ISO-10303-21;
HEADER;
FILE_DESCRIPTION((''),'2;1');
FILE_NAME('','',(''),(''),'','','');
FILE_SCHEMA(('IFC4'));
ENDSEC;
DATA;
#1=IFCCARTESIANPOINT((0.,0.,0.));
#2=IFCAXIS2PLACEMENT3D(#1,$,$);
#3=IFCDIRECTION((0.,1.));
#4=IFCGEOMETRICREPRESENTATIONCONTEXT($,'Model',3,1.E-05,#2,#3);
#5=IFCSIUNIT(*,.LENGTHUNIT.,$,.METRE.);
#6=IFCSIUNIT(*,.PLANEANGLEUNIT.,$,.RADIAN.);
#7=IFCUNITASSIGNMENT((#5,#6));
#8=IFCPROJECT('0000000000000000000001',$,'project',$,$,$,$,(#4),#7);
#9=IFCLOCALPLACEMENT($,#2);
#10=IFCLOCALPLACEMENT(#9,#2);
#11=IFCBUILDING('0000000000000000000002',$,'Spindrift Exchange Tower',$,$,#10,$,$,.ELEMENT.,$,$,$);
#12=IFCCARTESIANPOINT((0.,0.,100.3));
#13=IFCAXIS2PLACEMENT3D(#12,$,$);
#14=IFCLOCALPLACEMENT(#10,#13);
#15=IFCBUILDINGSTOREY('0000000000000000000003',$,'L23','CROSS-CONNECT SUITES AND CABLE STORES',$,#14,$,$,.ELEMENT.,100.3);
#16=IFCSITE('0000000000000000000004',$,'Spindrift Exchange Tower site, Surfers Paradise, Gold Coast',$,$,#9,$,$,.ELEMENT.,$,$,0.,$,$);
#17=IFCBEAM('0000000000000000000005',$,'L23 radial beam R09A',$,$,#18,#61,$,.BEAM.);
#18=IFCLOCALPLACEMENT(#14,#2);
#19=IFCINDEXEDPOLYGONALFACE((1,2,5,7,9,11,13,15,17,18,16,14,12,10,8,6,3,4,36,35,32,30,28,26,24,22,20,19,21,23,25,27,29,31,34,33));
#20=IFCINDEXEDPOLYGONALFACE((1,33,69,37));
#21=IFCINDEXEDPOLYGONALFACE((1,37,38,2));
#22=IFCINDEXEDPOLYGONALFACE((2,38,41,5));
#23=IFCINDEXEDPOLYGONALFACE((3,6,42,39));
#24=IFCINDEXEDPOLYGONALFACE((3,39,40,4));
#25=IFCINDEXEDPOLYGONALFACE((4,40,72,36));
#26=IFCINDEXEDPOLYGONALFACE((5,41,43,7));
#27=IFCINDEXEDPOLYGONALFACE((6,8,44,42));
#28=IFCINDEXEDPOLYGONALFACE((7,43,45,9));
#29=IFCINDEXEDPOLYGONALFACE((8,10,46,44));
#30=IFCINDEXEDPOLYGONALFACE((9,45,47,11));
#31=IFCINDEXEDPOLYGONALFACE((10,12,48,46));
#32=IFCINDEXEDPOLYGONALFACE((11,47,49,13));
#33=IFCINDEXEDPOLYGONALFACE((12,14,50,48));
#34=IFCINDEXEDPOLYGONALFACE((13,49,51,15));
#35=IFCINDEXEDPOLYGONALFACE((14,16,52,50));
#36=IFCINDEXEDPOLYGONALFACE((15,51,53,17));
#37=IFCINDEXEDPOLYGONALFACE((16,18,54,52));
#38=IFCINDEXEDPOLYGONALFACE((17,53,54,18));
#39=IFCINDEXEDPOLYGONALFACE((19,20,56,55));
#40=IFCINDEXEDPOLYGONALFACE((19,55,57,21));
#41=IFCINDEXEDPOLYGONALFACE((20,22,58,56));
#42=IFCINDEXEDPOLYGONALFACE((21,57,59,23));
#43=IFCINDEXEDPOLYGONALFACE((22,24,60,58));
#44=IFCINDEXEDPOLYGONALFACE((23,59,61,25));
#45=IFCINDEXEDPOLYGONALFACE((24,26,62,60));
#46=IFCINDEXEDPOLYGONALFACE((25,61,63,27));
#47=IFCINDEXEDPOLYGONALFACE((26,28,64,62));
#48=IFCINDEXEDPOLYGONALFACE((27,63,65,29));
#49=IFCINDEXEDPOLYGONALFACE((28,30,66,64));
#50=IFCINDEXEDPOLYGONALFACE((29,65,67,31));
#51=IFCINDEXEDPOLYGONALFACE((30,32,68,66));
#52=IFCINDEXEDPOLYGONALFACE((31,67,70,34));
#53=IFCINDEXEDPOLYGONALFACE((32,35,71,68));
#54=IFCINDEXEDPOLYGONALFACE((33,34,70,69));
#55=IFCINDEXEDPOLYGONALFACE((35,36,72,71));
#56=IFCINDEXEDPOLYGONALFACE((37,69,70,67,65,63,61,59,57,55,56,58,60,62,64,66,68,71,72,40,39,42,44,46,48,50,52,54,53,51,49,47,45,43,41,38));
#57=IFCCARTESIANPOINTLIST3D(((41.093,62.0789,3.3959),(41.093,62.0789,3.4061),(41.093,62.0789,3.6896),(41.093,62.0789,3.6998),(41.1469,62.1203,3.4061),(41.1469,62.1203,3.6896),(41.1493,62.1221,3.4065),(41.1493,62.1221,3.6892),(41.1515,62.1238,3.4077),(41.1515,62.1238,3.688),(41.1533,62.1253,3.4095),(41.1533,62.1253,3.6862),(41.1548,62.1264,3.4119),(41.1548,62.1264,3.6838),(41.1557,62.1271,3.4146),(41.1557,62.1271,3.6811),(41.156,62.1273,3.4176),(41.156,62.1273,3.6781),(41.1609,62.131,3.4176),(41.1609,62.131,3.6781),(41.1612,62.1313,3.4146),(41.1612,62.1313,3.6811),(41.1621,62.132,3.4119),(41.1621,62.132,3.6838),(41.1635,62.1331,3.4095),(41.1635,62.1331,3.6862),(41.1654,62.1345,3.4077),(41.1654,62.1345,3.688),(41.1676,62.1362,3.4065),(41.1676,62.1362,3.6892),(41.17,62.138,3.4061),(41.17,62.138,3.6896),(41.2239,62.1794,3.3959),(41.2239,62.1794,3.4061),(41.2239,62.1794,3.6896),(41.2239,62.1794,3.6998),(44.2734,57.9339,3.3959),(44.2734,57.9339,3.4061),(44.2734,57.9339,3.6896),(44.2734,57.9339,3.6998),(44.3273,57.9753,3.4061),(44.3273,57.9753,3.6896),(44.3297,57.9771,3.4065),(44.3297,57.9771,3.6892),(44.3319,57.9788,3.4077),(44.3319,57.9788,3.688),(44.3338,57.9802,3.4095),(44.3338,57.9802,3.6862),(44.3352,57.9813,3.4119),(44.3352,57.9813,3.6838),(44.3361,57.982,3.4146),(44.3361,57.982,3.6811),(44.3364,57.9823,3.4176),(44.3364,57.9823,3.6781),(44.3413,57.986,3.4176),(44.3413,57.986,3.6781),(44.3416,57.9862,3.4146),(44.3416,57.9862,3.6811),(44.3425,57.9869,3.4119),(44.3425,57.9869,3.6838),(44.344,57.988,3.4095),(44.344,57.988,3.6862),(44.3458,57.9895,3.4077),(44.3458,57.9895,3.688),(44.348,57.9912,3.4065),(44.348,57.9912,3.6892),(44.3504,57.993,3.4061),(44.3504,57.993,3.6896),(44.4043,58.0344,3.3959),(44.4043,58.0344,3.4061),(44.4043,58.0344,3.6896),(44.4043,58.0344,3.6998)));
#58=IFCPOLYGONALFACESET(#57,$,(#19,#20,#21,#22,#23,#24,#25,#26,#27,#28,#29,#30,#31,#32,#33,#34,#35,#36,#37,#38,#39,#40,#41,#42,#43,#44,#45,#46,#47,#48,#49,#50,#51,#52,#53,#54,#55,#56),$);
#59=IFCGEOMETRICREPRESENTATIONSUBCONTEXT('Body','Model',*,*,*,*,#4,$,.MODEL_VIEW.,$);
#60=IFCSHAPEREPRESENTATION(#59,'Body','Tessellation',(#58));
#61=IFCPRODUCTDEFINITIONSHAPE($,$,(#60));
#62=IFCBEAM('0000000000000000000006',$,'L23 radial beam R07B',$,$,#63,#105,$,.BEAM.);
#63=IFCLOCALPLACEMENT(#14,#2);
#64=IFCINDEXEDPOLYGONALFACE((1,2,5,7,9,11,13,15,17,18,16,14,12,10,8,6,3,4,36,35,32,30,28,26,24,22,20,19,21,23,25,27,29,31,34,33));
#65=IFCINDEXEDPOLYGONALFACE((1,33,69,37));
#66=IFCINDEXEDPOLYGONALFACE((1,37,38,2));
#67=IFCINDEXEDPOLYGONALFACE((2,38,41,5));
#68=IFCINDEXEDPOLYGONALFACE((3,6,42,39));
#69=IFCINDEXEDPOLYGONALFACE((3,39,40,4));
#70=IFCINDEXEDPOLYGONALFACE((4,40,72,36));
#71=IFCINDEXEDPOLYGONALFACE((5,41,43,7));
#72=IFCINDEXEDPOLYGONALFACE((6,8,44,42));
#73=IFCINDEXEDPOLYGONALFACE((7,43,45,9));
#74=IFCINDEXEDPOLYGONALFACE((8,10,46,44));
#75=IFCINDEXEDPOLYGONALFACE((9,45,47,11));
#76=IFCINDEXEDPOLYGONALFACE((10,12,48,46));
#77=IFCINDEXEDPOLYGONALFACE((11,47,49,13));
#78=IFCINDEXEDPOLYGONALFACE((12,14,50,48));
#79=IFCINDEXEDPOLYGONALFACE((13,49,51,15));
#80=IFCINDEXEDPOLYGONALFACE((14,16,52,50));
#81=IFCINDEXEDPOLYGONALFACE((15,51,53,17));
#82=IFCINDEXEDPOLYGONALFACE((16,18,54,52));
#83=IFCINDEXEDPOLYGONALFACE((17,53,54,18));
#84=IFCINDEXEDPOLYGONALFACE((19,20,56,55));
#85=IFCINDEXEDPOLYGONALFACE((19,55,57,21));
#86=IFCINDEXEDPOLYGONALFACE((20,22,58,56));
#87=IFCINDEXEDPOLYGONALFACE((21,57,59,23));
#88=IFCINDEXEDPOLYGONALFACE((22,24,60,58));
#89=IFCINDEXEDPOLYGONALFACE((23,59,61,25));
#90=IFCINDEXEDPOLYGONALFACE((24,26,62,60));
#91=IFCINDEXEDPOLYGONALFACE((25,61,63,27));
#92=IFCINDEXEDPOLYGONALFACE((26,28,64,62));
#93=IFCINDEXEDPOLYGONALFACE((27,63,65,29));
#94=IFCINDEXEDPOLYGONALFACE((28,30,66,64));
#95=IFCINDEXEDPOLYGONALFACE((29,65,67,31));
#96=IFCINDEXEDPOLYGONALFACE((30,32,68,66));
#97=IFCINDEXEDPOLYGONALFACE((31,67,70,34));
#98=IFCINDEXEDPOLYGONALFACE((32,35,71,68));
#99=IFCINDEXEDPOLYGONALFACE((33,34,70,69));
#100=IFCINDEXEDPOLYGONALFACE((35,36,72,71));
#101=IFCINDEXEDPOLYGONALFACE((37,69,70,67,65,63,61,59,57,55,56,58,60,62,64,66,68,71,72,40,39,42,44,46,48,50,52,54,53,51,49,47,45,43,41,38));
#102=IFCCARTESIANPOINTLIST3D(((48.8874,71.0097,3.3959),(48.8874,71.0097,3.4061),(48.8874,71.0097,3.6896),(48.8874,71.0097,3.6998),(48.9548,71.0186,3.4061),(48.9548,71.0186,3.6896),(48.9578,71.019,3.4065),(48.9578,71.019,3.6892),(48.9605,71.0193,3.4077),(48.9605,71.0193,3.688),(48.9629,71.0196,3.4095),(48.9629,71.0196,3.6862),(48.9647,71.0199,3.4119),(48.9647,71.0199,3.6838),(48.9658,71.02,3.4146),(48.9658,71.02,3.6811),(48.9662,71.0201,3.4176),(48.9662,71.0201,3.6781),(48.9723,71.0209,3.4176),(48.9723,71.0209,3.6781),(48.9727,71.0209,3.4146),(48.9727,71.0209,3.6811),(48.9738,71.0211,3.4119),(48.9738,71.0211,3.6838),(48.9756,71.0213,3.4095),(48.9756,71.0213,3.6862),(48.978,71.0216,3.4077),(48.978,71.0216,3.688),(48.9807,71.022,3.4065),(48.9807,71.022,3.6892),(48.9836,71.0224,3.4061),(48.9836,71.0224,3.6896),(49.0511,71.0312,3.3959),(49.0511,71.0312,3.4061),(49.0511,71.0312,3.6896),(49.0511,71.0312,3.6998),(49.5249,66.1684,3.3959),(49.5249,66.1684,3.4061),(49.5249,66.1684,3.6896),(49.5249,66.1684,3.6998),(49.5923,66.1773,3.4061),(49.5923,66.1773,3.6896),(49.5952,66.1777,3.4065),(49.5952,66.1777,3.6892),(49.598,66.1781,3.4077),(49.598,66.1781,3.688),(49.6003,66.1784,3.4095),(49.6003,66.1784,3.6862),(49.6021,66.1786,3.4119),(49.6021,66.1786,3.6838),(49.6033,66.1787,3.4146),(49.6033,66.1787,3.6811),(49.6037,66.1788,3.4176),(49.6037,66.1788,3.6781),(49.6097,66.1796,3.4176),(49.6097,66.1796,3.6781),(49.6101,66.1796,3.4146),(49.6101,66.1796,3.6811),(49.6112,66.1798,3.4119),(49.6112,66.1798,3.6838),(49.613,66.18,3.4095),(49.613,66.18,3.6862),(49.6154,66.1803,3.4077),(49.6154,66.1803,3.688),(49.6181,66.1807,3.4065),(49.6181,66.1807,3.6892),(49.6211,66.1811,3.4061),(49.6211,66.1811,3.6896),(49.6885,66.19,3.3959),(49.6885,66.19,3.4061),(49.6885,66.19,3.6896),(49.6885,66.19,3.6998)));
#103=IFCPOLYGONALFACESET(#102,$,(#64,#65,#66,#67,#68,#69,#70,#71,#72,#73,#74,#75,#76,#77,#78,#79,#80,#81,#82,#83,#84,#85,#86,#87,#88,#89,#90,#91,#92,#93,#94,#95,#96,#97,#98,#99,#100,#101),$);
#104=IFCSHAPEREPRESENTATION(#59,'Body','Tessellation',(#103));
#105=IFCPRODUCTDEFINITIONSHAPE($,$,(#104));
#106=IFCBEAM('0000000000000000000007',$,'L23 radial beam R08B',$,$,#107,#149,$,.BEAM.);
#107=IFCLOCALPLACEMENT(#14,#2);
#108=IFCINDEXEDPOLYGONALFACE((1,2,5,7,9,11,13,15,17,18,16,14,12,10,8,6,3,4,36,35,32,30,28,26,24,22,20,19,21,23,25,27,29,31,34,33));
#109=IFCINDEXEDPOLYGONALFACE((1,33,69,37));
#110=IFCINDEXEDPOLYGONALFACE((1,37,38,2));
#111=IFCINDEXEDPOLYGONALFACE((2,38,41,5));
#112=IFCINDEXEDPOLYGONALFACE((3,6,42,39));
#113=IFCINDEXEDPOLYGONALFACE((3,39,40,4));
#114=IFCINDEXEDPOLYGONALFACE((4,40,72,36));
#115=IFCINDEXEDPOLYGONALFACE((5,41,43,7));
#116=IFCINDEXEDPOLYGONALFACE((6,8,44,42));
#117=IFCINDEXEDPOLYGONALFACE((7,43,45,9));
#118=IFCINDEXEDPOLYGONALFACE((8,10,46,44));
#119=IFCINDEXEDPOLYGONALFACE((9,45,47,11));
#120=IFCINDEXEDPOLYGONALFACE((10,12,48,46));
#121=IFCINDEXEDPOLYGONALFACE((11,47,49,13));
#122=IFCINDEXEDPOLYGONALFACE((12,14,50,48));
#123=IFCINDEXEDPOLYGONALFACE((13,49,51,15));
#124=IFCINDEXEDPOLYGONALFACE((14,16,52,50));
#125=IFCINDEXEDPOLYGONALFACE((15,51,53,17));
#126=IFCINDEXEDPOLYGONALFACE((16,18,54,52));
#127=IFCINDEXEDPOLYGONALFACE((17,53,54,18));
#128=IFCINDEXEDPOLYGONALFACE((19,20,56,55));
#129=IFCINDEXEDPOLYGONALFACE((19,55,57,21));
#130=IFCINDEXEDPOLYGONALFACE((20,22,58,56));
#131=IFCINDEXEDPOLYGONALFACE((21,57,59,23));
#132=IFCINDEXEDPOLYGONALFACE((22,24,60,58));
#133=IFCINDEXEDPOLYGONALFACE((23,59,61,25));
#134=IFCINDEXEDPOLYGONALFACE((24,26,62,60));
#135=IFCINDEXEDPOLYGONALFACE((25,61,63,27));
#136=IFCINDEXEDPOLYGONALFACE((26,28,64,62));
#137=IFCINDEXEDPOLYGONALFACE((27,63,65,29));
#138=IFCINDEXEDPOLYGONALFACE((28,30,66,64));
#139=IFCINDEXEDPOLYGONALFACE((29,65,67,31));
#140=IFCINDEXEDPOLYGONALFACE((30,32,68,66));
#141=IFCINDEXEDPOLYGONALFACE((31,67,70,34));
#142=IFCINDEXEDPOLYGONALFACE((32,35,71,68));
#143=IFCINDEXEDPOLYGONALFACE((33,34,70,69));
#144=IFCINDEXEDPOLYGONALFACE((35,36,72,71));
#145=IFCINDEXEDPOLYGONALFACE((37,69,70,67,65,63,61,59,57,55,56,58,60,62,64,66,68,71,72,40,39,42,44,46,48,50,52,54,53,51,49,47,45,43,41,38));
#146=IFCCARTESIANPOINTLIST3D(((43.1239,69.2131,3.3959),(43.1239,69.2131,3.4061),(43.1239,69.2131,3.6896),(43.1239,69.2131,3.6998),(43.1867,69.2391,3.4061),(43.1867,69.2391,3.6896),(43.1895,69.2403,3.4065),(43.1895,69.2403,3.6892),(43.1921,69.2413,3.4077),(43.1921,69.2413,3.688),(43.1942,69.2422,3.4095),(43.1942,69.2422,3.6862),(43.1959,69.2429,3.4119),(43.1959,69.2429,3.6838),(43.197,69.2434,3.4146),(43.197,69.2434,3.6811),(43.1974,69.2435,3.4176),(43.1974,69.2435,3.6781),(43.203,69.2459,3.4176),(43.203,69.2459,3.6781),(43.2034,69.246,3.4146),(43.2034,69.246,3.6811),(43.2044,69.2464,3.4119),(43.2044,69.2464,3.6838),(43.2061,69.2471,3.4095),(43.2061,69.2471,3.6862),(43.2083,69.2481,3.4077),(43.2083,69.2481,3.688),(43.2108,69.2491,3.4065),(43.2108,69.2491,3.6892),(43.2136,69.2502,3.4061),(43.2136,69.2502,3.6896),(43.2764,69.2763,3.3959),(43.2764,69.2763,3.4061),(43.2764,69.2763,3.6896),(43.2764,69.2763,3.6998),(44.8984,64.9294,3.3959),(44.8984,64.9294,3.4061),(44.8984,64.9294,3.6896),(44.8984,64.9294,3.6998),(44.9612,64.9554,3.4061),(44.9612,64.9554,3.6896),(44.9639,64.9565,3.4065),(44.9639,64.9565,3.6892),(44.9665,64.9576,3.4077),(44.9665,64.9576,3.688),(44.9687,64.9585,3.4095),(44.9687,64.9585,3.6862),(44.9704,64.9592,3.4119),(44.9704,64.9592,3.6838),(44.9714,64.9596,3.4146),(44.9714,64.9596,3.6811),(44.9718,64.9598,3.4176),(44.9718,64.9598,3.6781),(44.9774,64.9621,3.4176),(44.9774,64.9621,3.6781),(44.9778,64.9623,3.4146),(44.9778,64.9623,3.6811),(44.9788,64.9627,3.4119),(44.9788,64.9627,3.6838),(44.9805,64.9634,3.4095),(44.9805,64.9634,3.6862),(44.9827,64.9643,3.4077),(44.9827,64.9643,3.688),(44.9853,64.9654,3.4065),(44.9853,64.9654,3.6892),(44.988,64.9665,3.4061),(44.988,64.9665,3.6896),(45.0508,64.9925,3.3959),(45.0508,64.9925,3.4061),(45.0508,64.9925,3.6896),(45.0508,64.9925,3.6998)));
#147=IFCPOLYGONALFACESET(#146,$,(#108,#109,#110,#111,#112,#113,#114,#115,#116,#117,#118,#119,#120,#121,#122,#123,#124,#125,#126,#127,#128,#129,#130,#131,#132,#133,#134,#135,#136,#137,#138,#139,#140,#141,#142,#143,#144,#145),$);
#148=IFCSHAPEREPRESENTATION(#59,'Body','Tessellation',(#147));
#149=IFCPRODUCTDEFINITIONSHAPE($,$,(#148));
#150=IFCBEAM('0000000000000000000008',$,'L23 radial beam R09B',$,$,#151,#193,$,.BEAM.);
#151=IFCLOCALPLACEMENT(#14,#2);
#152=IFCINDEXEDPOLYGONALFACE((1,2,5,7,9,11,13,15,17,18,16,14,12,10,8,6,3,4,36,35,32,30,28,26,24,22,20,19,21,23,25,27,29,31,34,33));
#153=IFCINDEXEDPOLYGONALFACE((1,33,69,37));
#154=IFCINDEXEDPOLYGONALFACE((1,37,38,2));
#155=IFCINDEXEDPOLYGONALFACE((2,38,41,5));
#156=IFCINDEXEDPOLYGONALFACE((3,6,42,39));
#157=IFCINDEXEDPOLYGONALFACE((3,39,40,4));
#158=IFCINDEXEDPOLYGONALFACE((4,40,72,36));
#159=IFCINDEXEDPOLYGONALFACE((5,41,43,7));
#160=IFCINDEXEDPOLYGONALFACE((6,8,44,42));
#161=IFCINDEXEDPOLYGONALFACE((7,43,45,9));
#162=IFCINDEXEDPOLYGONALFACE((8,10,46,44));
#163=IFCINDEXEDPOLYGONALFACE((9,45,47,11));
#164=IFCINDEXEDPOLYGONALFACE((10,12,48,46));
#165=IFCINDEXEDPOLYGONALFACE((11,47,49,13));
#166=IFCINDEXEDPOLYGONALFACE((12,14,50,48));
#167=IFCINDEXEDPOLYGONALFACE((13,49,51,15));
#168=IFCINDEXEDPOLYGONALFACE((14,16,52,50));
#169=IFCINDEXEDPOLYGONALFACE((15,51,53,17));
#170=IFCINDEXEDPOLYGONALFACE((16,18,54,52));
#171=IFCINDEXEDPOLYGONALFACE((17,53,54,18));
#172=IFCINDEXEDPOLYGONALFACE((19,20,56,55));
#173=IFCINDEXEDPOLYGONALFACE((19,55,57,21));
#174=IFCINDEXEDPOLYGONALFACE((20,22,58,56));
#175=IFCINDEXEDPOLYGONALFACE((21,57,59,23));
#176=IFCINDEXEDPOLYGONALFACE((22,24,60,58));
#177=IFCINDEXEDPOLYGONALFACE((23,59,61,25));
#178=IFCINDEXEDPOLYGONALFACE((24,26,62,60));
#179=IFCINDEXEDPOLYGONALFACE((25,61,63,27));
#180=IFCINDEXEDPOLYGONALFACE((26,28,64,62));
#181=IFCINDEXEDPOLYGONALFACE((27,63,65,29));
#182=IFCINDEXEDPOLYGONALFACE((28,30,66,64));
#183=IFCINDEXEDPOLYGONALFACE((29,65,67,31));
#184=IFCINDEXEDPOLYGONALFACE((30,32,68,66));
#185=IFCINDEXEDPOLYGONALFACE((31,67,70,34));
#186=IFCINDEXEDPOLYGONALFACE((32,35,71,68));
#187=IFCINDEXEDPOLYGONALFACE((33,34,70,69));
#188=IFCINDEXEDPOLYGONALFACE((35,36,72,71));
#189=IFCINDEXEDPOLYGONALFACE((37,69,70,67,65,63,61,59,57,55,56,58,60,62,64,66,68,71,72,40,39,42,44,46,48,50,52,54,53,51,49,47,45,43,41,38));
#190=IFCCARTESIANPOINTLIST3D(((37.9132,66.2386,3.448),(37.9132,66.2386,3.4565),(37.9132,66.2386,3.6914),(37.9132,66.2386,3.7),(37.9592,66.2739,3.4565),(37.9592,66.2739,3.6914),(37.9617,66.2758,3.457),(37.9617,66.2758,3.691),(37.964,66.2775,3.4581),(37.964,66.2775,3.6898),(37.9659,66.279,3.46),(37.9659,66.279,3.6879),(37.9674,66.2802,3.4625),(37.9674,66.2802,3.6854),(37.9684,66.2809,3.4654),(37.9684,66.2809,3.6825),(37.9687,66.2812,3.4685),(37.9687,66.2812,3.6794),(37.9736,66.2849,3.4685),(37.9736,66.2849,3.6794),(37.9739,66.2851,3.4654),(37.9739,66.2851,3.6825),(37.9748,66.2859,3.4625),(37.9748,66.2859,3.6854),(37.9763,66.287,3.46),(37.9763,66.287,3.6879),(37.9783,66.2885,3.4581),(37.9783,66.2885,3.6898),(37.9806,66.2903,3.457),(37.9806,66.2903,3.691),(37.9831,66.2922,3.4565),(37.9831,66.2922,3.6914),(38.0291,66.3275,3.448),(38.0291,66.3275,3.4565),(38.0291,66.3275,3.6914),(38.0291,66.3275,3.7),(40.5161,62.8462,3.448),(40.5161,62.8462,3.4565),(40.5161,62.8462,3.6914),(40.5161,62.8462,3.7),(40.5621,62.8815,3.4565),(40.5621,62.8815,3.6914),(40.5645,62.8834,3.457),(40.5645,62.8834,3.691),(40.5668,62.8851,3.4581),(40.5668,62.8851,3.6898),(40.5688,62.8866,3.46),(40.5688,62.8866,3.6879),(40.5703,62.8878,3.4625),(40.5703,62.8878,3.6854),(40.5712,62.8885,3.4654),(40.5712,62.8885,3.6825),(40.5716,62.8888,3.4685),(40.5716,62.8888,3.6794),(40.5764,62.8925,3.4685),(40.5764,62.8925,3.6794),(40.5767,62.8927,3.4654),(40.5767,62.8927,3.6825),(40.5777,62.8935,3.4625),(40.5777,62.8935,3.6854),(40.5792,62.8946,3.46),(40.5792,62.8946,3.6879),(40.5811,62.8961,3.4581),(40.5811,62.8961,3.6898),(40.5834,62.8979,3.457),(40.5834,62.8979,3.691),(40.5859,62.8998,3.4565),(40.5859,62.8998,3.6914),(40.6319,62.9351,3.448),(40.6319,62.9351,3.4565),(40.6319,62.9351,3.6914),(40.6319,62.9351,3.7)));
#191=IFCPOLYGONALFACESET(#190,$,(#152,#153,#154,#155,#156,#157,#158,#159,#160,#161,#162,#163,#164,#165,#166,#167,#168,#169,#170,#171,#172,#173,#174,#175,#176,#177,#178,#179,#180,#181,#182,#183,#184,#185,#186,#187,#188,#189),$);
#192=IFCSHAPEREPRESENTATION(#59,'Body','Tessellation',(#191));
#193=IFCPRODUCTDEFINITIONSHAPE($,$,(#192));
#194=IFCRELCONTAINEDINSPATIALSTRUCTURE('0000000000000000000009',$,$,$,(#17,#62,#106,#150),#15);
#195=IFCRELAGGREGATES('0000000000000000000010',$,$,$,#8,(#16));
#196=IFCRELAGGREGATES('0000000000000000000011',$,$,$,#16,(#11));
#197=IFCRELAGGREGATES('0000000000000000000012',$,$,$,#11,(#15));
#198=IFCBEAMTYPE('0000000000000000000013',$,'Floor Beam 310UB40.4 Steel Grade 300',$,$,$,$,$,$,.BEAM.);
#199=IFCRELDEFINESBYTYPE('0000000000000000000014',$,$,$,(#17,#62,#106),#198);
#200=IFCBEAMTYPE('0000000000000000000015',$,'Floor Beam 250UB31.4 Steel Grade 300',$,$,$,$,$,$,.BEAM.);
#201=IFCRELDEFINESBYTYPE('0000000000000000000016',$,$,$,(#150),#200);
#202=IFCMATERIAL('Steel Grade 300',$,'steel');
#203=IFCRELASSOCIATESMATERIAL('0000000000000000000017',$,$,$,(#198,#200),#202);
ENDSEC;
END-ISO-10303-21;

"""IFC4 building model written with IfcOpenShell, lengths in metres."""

from ifc_helpers import new_model, si_unit, direction, frame, origin, origin_2d, place, context, subcontext, project, spatial, i_section, extrude, source, transform, mapped, material, material_profile, profile_set, type_object, element, save


model = new_model("IFC4")

# Units and contexts
model_context = context("Model", 3, precision=1e-05, world=origin(), true_north=direction((0.0, 1.0)))
body_context = subcontext(model_context, "Body", "Model", "MODEL_VIEW")
ifc_project = project(units=[si_unit("LENGTHUNIT", "METRE"), si_unit("PLANEANGLEUNIT", "RADIAN")], contexts=[model_context])

# Site, building, storey
site_placement = place(None, origin())
site = spatial("IfcSite", under=ifc_project, at=site_placement, Name="Spindrift Exchange Tower site, Surfers Paradise, Gold Coast", CompositionType="ELEMENT", RefElevation=0.0)
building_placement = place(site_placement, origin())
building = spatial("IfcBuilding", under=site, at=building_placement, Name="Spindrift Exchange Tower", CompositionType="ELEMENT")
storey_placement = place(building_placement, frame((0.0, 0.0, 100.3)))
storey = spatial("IfcBuildingStorey", under=building, at=storey_placement, Name="L23", Description="CROSS-CONNECT SUITES AND CABLE STORES", CompositionType="ELEMENT", Elevation=100.3)

# Beams
ifc_material_1 = material(Name="Steel Grade 300", Category="steel")
ifc_material_profile_1 = material_profile(ifc_material_1, i_section(OverallWidth=0.165, OverallDepth=0.304, WebThickness=0.0061, FlangeThickness=0.0103, FilletRadius=0.0115, at=origin_2d()), Name="310UB40.4")
ifc_profile_set_1 = profile_set([ifc_material_profile_1], Name="Steel Grade 300")
beam_type_1 = type_object("IfcBeamType", Name="Floor Beam 310UB40.4 Steel Grade 300", PredefinedType="BEAM", material=ifc_profile_set_1)
shared_shape_1 = source(origin(), body_context, "Body", "SweptSolid", [
    extrude(i_section(OverallWidth=0.165, OverallDepth=0.304, WebThickness=0.0061, FlangeThickness=0.0103, FilletRadius=0.0115, at=origin_2d()), origin(), (0.0, 0.0, 1.0), 5.2246),
])
beam_1_placement = place(storey_placement, frame((44.3389, 57.9841, 3.5479), z_axis=(-0.608741, 0.793369, 0.0), x_axis=(-0.793369, -0.608741, 0.0)))
element("IfcBeam", 1, at=beam_1_placement, inside=storey, type_object=beam_type_1, Name="L23 radial beam R09A", PredefinedType="BEAM", context=body_context, shape_type="MappedRepresentation", body=[
    mapped(shared_shape_1, transform((0.0, 0.0, 0.0), scale=1.0)),
])
shared_shape_2 = source(origin(), body_context, "Body", "SweptSolid", [
    extrude(i_section(OverallWidth=0.165, OverallDepth=0.304, WebThickness=0.0061, FlangeThickness=0.0103, FilletRadius=0.0115, at=origin_2d()), origin(), (0.0, 0.0, 1.0), 4.8831),
])
beam_2_placement = place(storey_placement, frame((49.6067, 66.1792, 3.5479), z_axis=(-0.130542, 0.991443, 0.0), x_axis=(-0.991443, -0.130542, 0.0)))
element("IfcBeam", 2, at=beam_2_placement, inside=storey, type_object=beam_type_1, Name="L23 radial beam R07B", PredefinedType="BEAM", context=body_context, shape_type="MappedRepresentation", body=[
    mapped(shared_shape_2, transform((0.0, 0.0, 0.0), scale=1.0)),
])
shared_shape_3 = source(origin(), body_context, "Body", "SweptSolid", [
    extrude(i_section(OverallWidth=0.165, OverallDepth=0.304, WebThickness=0.0061, FlangeThickness=0.0103, FilletRadius=0.0115, at=origin_2d()), origin(), (0.0, 0.0, 1.0), 4.6367),
])
beam_3_placement = place(storey_placement, frame((44.9746, 64.9609, 3.5479), z_axis=(-0.382693, 0.923876, 0.0), x_axis=(-0.923876, -0.382693, 0.0)))
element("IfcBeam", 3, at=beam_3_placement, inside=storey, type_object=beam_type_1, Name="L23 radial beam R08B", PredefinedType="BEAM", context=body_context, shape_type="MappedRepresentation", body=[
    mapped(shared_shape_3, transform((0.0, 0.0, 0.0), scale=1.0)),
])
ifc_material_profile_2 = material_profile(ifc_material_1, i_section(OverallWidth=0.146, OverallDepth=0.252, WebThickness=0.0061, FlangeThickness=0.0085, FilletRadius=0.012, at=origin_2d()), Name="250UB31.4")
ifc_profile_set_2 = profile_set([ifc_material_profile_2], Name="Steel Grade 300")
beam_type_2 = type_object("IfcBeamType", Name="Floor Beam 250UB31.4 Steel Grade 300", PredefinedType="BEAM", material=ifc_profile_set_2)
shared_shape_4 = source(origin(), body_context, "Body", "SweptSolid", [
    extrude(i_section(OverallWidth=0.146, OverallDepth=0.252, WebThickness=0.0061, FlangeThickness=0.0085, FilletRadius=0.012, at=origin_2d()), origin(), (0.0, 0.0, 1.0), 4.2759),
])
beam_4_placement = place(storey_placement, frame((40.574, 62.8906, 3.574), z_axis=(-0.608725, 0.793381, 0.0), x_axis=(-0.793381, -0.608725, 0.0)))
element("IfcBeam", 4, at=beam_4_placement, inside=storey, type_object=beam_type_2, Name="L23 radial beam R09B", PredefinedType="BEAM", context=body_context, shape_type="MappedRepresentation", body=[
    mapped(shared_shape_4, transform((0.0, 0.0, 0.0), scale=1.0)),
])

save(model, "model.ifc")
